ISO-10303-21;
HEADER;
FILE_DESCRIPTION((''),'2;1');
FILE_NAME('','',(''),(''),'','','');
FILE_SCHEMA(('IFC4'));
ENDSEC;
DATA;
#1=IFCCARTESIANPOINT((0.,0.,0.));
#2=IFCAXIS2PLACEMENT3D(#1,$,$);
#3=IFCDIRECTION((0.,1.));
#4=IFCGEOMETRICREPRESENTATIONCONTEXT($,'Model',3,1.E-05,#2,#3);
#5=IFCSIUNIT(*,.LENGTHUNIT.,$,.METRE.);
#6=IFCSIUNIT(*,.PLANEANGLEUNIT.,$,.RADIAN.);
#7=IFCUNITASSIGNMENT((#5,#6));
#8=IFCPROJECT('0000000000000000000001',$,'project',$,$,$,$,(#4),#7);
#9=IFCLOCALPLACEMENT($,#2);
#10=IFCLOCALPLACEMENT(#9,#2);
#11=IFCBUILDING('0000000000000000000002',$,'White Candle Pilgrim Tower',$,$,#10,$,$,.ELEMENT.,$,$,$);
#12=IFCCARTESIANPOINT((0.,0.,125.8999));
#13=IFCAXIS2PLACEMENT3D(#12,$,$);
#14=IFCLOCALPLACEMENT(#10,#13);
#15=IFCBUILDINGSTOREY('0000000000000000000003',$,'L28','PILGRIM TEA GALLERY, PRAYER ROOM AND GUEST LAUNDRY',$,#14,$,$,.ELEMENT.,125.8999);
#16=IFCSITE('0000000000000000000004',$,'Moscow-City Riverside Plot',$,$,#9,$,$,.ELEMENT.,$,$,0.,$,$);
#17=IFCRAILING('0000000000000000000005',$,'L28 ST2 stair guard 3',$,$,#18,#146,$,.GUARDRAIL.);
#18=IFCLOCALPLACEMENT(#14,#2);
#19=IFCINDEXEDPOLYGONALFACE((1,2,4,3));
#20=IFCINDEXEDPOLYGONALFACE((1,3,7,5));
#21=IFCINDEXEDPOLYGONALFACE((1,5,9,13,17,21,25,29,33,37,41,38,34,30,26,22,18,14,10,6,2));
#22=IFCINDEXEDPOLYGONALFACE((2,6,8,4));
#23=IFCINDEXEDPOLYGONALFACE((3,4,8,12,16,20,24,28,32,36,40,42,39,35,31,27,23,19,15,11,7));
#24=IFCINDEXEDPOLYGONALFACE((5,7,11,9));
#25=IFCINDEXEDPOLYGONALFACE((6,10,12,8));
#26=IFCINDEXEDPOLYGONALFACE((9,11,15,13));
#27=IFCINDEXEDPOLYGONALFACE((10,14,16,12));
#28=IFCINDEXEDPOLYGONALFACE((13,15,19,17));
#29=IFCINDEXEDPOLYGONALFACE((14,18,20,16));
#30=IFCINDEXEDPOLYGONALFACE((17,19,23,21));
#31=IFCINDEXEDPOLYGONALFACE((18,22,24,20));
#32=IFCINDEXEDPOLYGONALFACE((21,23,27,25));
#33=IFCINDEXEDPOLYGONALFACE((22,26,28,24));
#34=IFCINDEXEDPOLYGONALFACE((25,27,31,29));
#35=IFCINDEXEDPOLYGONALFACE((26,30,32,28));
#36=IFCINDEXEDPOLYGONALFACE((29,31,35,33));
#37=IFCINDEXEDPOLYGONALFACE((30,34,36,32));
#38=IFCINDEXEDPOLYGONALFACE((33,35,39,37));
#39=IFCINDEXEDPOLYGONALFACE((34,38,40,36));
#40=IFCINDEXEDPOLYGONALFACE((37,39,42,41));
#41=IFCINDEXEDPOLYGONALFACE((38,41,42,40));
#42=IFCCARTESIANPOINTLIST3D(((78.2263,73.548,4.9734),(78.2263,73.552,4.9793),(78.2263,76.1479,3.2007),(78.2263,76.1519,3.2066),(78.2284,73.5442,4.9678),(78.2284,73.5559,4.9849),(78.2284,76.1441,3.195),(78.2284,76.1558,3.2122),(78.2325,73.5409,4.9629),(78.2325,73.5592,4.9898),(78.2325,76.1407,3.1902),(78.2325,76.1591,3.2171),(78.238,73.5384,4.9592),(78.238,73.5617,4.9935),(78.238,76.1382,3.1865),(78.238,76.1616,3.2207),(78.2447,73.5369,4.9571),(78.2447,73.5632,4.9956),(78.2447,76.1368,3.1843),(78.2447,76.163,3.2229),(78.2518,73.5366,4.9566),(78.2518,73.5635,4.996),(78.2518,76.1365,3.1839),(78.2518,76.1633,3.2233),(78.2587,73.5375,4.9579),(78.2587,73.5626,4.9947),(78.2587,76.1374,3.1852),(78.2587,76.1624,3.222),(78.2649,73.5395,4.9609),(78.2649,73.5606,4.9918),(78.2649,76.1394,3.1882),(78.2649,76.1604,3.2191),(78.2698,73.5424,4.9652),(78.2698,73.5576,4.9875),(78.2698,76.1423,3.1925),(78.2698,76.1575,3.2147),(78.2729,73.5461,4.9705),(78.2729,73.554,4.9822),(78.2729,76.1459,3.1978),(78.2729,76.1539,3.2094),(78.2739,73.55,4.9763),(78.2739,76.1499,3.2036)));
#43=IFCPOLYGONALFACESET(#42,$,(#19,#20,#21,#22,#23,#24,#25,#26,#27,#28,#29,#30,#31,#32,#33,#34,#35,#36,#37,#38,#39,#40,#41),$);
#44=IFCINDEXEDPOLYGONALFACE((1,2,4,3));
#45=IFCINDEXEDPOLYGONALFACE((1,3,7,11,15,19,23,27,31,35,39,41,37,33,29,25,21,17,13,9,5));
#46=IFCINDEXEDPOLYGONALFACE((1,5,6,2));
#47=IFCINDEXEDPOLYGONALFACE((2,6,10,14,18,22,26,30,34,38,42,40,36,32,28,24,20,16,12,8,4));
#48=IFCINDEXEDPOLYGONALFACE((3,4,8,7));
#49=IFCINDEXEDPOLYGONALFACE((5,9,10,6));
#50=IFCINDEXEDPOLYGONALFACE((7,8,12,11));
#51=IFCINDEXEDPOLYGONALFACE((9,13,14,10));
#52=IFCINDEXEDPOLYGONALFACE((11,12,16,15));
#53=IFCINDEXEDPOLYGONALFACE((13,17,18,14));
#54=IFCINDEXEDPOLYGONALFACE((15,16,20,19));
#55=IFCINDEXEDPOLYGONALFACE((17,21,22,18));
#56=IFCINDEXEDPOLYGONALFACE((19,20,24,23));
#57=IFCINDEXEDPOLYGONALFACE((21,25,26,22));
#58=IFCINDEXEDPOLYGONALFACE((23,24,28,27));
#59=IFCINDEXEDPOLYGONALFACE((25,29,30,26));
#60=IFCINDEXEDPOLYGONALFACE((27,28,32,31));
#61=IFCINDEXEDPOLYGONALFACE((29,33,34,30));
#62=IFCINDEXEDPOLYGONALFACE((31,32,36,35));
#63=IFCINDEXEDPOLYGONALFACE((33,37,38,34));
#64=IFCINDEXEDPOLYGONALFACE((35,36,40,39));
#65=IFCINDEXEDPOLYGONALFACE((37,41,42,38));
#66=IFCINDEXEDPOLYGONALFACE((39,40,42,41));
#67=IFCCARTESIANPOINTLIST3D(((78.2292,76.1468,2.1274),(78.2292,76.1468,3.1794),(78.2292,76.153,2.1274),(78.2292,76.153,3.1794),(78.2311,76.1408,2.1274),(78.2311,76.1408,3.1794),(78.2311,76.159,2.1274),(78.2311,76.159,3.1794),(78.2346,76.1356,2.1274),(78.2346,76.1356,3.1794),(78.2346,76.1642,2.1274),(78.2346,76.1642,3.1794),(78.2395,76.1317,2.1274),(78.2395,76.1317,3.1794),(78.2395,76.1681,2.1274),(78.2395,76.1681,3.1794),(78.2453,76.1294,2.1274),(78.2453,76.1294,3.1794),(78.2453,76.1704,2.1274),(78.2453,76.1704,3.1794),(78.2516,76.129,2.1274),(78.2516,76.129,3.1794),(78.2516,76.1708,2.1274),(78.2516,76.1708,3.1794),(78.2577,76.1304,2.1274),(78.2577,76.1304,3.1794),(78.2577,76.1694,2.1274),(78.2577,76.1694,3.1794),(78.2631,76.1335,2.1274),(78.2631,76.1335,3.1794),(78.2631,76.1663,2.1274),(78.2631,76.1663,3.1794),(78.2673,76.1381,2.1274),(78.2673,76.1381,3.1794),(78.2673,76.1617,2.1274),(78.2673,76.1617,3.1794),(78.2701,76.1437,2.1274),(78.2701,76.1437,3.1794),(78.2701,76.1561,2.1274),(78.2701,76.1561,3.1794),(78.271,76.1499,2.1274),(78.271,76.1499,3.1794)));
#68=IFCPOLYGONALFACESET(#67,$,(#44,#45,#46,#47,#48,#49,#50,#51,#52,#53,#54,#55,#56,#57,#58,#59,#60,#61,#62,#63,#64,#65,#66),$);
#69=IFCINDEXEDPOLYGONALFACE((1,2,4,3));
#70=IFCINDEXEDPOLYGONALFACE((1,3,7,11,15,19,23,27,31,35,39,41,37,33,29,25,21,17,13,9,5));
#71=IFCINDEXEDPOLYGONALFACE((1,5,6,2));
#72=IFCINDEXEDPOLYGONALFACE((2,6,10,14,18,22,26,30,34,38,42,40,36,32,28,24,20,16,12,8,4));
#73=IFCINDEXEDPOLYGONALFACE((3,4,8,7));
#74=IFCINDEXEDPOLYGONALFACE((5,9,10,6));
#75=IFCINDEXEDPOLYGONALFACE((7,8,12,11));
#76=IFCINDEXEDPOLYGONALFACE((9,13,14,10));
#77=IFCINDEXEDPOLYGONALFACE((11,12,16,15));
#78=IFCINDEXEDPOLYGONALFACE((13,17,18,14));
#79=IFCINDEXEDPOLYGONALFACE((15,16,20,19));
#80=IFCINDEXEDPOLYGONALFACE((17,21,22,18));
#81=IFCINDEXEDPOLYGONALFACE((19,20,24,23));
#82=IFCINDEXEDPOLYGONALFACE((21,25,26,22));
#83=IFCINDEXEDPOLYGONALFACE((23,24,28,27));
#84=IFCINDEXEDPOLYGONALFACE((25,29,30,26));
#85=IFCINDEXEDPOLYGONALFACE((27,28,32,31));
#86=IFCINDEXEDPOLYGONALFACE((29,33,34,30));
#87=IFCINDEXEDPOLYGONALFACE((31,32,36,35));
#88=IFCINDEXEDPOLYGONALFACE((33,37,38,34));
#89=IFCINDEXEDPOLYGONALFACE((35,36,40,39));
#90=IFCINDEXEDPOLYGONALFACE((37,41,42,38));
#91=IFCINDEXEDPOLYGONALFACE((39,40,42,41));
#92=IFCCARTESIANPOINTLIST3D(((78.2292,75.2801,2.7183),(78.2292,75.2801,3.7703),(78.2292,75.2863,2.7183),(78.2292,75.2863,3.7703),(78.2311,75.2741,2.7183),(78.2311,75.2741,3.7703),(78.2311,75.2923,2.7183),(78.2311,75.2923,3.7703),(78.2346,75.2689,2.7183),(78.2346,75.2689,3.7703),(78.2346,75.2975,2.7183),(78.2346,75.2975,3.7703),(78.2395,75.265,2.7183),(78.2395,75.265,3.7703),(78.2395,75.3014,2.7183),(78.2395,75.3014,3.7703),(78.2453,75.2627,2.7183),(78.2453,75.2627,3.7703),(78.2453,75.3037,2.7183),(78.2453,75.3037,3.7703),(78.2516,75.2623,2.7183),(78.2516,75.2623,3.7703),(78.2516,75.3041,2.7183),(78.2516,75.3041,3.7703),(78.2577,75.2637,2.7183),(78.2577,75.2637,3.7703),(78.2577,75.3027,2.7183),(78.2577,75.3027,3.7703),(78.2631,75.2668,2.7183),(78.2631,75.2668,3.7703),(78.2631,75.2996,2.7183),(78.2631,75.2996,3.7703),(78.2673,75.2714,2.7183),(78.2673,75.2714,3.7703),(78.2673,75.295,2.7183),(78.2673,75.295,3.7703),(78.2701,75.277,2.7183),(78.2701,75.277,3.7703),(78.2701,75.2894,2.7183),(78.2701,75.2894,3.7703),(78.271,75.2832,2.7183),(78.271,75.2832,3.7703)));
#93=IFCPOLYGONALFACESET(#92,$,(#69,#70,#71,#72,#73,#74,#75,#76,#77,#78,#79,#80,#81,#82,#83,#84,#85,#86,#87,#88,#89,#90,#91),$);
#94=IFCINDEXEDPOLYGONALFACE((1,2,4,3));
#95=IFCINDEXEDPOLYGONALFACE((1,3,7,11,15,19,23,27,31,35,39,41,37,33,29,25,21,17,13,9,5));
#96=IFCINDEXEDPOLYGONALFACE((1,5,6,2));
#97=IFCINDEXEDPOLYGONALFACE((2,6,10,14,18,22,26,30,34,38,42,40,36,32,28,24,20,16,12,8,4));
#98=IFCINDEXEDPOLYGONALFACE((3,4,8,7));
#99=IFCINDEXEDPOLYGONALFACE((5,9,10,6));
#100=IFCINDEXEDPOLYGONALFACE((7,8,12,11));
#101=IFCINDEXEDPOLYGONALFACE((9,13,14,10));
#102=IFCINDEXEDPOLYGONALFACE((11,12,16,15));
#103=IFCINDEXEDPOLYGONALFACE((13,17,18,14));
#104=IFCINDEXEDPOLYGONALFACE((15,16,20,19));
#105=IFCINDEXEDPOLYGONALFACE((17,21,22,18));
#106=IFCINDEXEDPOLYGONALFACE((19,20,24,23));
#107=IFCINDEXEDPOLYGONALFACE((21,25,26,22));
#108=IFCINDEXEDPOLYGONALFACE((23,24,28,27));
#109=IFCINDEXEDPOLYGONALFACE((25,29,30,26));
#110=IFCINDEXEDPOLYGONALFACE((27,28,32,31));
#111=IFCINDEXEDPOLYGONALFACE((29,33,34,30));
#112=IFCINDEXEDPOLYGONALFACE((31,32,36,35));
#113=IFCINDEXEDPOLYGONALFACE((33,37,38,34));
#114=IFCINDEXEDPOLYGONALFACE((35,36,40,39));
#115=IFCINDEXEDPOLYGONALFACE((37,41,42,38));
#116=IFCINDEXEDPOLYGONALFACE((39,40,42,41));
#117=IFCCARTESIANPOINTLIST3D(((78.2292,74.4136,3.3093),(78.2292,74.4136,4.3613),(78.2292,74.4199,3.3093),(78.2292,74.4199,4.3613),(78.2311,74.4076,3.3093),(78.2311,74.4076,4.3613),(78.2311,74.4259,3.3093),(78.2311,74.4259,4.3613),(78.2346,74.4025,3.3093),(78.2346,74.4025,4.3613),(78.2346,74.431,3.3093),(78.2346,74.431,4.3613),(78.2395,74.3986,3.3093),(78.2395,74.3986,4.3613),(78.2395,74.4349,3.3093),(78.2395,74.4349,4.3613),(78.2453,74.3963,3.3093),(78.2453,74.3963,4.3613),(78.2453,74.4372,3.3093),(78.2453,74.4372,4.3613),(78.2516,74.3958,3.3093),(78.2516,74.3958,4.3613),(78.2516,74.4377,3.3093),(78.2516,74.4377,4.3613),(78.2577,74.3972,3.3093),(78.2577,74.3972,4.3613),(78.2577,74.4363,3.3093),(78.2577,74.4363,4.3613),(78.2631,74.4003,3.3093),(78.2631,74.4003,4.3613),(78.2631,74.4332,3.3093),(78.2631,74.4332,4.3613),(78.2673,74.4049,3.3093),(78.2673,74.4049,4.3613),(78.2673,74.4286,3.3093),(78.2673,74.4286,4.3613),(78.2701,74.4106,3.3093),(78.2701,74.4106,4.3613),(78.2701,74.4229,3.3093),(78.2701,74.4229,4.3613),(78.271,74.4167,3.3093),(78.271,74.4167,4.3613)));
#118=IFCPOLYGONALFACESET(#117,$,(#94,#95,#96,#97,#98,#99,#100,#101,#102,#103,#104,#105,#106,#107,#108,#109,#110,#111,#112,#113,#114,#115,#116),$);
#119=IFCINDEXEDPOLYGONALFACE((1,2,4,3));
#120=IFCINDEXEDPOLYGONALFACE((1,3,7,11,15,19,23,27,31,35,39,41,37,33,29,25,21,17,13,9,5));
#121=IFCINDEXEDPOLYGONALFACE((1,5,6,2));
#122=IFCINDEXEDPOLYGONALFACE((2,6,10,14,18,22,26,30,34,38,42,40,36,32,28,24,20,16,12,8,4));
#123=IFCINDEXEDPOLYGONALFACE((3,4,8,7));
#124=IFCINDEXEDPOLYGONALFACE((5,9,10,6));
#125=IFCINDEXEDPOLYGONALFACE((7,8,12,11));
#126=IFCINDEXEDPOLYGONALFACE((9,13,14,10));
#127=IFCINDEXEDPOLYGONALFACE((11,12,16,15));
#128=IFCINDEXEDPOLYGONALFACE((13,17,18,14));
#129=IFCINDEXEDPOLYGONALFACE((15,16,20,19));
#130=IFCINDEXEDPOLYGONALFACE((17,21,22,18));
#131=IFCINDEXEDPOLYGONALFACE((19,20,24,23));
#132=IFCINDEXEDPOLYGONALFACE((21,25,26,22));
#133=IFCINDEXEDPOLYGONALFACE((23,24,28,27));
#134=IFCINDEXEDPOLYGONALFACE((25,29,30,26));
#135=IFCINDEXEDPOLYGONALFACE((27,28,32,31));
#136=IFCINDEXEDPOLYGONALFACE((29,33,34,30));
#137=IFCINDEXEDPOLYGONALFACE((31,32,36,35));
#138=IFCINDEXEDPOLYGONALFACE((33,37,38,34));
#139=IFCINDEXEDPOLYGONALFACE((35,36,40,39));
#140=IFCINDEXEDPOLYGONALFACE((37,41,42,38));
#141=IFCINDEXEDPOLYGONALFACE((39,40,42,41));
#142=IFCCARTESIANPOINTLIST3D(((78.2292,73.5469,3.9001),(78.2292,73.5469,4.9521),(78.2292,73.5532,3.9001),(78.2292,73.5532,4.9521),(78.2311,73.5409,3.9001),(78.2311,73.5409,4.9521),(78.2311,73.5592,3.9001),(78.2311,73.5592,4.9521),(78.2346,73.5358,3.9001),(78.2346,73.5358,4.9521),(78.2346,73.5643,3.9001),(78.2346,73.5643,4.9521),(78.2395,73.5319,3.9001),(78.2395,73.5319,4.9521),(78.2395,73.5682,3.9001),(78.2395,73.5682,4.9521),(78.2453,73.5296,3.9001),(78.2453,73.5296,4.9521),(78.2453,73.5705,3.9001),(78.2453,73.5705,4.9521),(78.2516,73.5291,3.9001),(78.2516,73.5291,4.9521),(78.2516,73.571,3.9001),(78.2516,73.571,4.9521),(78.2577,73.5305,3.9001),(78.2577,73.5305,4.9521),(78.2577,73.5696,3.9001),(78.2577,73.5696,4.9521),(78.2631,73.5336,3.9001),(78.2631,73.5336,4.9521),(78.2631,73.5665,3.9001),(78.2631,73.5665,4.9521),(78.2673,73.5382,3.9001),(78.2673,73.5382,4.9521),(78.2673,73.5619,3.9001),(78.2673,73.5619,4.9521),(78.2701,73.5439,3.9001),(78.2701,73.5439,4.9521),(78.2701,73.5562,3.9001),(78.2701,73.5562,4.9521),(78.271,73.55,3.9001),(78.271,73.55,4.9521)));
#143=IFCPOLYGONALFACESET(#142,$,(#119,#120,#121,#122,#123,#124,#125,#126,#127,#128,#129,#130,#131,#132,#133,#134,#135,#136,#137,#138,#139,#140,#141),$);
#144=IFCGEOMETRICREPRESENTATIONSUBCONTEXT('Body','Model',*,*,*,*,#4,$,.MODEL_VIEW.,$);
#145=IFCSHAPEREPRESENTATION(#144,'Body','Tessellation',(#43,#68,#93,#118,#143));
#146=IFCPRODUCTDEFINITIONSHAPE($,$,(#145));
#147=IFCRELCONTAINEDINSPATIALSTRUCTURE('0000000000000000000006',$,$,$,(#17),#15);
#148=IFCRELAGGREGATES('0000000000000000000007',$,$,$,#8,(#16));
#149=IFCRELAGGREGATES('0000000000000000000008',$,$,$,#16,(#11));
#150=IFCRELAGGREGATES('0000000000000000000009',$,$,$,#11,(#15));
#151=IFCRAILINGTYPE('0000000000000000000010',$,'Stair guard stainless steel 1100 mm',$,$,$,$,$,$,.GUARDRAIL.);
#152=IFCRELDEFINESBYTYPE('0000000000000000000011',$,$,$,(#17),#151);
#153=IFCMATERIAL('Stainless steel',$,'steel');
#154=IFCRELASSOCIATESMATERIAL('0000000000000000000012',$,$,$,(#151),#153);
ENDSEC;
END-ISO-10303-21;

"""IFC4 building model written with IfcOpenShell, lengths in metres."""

from ifc_helpers import new_model, si_unit, direction, frame, origin, origin_2d, place, context, subcontext, project, spatial, circle, extrude, material, type_object, element, save


model = new_model("IFC4")

# Units and contexts
model_context = context("Model", 3, precision=1e-05, world=origin(), true_north=direction((0.0, 1.0)))
body_context = subcontext(model_context, "Body", "Model", "MODEL_VIEW")
ifc_project = project(units=[si_unit("LENGTHUNIT", "METRE"), si_unit("PLANEANGLEUNIT", "RADIAN")], contexts=[model_context])

# Site, building, storey
site_placement = place(None, origin())
site = spatial("IfcSite", under=ifc_project, at=site_placement, Name="Moscow-City Riverside Plot", CompositionType="ELEMENT", RefElevation=0.0)
building_placement = place(site_placement, origin())
building = spatial("IfcBuilding", under=site, at=building_placement, Name="White Candle Pilgrim Tower", CompositionType="ELEMENT")
storey_placement = place(building_placement, frame((0.0, 0.0, 125.8999)))
storey = spatial("IfcBuildingStorey", under=building, at=storey_placement, Name="L28", Description="PILGRIM TEA GALLERY, PRAYER ROOM AND GUEST LAUNDRY", CompositionType="ELEMENT", Elevation=125.8999)

# Railing
ifc_material_1 = material(Name="Stainless steel", Category="steel")
railing_type_1 = type_object("IfcRailingType", Name="Stair guard stainless steel 1100 mm", PredefinedType="GUARDRAIL", material=ifc_material_1)
railing_1_placement = place(storey_placement, frame((78.25, 76.1499, 2.1274)))
element("IfcRailing", 1, at=railing_1_placement, inside=storey, type_object=railing_type_1, Name="L28 ST2 stair guard 3", PredefinedType="GUARDRAIL", context=body_context, shape_type="SweptSolid", body=[
    extrude(circle(Radius=0.0239, at=origin_2d()), frame((0.0, 0.0, 1.0762), z_axis=(0.0, -0.826216, 0.563354), x_axis=(1.0, 0.0, 0.0)), (0.0, 0.0, 1.0), 3.1467),
    extrude(circle(Radius=0.021, at=origin_2d()), origin(), (0.0, 0.0, 1.0), 1.052),
    extrude(circle(Radius=0.021, at=origin_2d()), frame((0.0, -0.8667, 0.5908)), (0.0, 0.0, 1.0), 1.052),
    extrude(circle(Radius=0.021, at=origin_2d()), frame((0.0, -1.7332, 1.1819)), (0.0, 0.0, 1.0), 1.052),
    extrude(circle(Radius=0.021, at=origin_2d()), frame((0.0, -2.5999, 1.7727)), (0.0, 0.0, 1.0), 1.052),
])

save(model, "model.ifc")
